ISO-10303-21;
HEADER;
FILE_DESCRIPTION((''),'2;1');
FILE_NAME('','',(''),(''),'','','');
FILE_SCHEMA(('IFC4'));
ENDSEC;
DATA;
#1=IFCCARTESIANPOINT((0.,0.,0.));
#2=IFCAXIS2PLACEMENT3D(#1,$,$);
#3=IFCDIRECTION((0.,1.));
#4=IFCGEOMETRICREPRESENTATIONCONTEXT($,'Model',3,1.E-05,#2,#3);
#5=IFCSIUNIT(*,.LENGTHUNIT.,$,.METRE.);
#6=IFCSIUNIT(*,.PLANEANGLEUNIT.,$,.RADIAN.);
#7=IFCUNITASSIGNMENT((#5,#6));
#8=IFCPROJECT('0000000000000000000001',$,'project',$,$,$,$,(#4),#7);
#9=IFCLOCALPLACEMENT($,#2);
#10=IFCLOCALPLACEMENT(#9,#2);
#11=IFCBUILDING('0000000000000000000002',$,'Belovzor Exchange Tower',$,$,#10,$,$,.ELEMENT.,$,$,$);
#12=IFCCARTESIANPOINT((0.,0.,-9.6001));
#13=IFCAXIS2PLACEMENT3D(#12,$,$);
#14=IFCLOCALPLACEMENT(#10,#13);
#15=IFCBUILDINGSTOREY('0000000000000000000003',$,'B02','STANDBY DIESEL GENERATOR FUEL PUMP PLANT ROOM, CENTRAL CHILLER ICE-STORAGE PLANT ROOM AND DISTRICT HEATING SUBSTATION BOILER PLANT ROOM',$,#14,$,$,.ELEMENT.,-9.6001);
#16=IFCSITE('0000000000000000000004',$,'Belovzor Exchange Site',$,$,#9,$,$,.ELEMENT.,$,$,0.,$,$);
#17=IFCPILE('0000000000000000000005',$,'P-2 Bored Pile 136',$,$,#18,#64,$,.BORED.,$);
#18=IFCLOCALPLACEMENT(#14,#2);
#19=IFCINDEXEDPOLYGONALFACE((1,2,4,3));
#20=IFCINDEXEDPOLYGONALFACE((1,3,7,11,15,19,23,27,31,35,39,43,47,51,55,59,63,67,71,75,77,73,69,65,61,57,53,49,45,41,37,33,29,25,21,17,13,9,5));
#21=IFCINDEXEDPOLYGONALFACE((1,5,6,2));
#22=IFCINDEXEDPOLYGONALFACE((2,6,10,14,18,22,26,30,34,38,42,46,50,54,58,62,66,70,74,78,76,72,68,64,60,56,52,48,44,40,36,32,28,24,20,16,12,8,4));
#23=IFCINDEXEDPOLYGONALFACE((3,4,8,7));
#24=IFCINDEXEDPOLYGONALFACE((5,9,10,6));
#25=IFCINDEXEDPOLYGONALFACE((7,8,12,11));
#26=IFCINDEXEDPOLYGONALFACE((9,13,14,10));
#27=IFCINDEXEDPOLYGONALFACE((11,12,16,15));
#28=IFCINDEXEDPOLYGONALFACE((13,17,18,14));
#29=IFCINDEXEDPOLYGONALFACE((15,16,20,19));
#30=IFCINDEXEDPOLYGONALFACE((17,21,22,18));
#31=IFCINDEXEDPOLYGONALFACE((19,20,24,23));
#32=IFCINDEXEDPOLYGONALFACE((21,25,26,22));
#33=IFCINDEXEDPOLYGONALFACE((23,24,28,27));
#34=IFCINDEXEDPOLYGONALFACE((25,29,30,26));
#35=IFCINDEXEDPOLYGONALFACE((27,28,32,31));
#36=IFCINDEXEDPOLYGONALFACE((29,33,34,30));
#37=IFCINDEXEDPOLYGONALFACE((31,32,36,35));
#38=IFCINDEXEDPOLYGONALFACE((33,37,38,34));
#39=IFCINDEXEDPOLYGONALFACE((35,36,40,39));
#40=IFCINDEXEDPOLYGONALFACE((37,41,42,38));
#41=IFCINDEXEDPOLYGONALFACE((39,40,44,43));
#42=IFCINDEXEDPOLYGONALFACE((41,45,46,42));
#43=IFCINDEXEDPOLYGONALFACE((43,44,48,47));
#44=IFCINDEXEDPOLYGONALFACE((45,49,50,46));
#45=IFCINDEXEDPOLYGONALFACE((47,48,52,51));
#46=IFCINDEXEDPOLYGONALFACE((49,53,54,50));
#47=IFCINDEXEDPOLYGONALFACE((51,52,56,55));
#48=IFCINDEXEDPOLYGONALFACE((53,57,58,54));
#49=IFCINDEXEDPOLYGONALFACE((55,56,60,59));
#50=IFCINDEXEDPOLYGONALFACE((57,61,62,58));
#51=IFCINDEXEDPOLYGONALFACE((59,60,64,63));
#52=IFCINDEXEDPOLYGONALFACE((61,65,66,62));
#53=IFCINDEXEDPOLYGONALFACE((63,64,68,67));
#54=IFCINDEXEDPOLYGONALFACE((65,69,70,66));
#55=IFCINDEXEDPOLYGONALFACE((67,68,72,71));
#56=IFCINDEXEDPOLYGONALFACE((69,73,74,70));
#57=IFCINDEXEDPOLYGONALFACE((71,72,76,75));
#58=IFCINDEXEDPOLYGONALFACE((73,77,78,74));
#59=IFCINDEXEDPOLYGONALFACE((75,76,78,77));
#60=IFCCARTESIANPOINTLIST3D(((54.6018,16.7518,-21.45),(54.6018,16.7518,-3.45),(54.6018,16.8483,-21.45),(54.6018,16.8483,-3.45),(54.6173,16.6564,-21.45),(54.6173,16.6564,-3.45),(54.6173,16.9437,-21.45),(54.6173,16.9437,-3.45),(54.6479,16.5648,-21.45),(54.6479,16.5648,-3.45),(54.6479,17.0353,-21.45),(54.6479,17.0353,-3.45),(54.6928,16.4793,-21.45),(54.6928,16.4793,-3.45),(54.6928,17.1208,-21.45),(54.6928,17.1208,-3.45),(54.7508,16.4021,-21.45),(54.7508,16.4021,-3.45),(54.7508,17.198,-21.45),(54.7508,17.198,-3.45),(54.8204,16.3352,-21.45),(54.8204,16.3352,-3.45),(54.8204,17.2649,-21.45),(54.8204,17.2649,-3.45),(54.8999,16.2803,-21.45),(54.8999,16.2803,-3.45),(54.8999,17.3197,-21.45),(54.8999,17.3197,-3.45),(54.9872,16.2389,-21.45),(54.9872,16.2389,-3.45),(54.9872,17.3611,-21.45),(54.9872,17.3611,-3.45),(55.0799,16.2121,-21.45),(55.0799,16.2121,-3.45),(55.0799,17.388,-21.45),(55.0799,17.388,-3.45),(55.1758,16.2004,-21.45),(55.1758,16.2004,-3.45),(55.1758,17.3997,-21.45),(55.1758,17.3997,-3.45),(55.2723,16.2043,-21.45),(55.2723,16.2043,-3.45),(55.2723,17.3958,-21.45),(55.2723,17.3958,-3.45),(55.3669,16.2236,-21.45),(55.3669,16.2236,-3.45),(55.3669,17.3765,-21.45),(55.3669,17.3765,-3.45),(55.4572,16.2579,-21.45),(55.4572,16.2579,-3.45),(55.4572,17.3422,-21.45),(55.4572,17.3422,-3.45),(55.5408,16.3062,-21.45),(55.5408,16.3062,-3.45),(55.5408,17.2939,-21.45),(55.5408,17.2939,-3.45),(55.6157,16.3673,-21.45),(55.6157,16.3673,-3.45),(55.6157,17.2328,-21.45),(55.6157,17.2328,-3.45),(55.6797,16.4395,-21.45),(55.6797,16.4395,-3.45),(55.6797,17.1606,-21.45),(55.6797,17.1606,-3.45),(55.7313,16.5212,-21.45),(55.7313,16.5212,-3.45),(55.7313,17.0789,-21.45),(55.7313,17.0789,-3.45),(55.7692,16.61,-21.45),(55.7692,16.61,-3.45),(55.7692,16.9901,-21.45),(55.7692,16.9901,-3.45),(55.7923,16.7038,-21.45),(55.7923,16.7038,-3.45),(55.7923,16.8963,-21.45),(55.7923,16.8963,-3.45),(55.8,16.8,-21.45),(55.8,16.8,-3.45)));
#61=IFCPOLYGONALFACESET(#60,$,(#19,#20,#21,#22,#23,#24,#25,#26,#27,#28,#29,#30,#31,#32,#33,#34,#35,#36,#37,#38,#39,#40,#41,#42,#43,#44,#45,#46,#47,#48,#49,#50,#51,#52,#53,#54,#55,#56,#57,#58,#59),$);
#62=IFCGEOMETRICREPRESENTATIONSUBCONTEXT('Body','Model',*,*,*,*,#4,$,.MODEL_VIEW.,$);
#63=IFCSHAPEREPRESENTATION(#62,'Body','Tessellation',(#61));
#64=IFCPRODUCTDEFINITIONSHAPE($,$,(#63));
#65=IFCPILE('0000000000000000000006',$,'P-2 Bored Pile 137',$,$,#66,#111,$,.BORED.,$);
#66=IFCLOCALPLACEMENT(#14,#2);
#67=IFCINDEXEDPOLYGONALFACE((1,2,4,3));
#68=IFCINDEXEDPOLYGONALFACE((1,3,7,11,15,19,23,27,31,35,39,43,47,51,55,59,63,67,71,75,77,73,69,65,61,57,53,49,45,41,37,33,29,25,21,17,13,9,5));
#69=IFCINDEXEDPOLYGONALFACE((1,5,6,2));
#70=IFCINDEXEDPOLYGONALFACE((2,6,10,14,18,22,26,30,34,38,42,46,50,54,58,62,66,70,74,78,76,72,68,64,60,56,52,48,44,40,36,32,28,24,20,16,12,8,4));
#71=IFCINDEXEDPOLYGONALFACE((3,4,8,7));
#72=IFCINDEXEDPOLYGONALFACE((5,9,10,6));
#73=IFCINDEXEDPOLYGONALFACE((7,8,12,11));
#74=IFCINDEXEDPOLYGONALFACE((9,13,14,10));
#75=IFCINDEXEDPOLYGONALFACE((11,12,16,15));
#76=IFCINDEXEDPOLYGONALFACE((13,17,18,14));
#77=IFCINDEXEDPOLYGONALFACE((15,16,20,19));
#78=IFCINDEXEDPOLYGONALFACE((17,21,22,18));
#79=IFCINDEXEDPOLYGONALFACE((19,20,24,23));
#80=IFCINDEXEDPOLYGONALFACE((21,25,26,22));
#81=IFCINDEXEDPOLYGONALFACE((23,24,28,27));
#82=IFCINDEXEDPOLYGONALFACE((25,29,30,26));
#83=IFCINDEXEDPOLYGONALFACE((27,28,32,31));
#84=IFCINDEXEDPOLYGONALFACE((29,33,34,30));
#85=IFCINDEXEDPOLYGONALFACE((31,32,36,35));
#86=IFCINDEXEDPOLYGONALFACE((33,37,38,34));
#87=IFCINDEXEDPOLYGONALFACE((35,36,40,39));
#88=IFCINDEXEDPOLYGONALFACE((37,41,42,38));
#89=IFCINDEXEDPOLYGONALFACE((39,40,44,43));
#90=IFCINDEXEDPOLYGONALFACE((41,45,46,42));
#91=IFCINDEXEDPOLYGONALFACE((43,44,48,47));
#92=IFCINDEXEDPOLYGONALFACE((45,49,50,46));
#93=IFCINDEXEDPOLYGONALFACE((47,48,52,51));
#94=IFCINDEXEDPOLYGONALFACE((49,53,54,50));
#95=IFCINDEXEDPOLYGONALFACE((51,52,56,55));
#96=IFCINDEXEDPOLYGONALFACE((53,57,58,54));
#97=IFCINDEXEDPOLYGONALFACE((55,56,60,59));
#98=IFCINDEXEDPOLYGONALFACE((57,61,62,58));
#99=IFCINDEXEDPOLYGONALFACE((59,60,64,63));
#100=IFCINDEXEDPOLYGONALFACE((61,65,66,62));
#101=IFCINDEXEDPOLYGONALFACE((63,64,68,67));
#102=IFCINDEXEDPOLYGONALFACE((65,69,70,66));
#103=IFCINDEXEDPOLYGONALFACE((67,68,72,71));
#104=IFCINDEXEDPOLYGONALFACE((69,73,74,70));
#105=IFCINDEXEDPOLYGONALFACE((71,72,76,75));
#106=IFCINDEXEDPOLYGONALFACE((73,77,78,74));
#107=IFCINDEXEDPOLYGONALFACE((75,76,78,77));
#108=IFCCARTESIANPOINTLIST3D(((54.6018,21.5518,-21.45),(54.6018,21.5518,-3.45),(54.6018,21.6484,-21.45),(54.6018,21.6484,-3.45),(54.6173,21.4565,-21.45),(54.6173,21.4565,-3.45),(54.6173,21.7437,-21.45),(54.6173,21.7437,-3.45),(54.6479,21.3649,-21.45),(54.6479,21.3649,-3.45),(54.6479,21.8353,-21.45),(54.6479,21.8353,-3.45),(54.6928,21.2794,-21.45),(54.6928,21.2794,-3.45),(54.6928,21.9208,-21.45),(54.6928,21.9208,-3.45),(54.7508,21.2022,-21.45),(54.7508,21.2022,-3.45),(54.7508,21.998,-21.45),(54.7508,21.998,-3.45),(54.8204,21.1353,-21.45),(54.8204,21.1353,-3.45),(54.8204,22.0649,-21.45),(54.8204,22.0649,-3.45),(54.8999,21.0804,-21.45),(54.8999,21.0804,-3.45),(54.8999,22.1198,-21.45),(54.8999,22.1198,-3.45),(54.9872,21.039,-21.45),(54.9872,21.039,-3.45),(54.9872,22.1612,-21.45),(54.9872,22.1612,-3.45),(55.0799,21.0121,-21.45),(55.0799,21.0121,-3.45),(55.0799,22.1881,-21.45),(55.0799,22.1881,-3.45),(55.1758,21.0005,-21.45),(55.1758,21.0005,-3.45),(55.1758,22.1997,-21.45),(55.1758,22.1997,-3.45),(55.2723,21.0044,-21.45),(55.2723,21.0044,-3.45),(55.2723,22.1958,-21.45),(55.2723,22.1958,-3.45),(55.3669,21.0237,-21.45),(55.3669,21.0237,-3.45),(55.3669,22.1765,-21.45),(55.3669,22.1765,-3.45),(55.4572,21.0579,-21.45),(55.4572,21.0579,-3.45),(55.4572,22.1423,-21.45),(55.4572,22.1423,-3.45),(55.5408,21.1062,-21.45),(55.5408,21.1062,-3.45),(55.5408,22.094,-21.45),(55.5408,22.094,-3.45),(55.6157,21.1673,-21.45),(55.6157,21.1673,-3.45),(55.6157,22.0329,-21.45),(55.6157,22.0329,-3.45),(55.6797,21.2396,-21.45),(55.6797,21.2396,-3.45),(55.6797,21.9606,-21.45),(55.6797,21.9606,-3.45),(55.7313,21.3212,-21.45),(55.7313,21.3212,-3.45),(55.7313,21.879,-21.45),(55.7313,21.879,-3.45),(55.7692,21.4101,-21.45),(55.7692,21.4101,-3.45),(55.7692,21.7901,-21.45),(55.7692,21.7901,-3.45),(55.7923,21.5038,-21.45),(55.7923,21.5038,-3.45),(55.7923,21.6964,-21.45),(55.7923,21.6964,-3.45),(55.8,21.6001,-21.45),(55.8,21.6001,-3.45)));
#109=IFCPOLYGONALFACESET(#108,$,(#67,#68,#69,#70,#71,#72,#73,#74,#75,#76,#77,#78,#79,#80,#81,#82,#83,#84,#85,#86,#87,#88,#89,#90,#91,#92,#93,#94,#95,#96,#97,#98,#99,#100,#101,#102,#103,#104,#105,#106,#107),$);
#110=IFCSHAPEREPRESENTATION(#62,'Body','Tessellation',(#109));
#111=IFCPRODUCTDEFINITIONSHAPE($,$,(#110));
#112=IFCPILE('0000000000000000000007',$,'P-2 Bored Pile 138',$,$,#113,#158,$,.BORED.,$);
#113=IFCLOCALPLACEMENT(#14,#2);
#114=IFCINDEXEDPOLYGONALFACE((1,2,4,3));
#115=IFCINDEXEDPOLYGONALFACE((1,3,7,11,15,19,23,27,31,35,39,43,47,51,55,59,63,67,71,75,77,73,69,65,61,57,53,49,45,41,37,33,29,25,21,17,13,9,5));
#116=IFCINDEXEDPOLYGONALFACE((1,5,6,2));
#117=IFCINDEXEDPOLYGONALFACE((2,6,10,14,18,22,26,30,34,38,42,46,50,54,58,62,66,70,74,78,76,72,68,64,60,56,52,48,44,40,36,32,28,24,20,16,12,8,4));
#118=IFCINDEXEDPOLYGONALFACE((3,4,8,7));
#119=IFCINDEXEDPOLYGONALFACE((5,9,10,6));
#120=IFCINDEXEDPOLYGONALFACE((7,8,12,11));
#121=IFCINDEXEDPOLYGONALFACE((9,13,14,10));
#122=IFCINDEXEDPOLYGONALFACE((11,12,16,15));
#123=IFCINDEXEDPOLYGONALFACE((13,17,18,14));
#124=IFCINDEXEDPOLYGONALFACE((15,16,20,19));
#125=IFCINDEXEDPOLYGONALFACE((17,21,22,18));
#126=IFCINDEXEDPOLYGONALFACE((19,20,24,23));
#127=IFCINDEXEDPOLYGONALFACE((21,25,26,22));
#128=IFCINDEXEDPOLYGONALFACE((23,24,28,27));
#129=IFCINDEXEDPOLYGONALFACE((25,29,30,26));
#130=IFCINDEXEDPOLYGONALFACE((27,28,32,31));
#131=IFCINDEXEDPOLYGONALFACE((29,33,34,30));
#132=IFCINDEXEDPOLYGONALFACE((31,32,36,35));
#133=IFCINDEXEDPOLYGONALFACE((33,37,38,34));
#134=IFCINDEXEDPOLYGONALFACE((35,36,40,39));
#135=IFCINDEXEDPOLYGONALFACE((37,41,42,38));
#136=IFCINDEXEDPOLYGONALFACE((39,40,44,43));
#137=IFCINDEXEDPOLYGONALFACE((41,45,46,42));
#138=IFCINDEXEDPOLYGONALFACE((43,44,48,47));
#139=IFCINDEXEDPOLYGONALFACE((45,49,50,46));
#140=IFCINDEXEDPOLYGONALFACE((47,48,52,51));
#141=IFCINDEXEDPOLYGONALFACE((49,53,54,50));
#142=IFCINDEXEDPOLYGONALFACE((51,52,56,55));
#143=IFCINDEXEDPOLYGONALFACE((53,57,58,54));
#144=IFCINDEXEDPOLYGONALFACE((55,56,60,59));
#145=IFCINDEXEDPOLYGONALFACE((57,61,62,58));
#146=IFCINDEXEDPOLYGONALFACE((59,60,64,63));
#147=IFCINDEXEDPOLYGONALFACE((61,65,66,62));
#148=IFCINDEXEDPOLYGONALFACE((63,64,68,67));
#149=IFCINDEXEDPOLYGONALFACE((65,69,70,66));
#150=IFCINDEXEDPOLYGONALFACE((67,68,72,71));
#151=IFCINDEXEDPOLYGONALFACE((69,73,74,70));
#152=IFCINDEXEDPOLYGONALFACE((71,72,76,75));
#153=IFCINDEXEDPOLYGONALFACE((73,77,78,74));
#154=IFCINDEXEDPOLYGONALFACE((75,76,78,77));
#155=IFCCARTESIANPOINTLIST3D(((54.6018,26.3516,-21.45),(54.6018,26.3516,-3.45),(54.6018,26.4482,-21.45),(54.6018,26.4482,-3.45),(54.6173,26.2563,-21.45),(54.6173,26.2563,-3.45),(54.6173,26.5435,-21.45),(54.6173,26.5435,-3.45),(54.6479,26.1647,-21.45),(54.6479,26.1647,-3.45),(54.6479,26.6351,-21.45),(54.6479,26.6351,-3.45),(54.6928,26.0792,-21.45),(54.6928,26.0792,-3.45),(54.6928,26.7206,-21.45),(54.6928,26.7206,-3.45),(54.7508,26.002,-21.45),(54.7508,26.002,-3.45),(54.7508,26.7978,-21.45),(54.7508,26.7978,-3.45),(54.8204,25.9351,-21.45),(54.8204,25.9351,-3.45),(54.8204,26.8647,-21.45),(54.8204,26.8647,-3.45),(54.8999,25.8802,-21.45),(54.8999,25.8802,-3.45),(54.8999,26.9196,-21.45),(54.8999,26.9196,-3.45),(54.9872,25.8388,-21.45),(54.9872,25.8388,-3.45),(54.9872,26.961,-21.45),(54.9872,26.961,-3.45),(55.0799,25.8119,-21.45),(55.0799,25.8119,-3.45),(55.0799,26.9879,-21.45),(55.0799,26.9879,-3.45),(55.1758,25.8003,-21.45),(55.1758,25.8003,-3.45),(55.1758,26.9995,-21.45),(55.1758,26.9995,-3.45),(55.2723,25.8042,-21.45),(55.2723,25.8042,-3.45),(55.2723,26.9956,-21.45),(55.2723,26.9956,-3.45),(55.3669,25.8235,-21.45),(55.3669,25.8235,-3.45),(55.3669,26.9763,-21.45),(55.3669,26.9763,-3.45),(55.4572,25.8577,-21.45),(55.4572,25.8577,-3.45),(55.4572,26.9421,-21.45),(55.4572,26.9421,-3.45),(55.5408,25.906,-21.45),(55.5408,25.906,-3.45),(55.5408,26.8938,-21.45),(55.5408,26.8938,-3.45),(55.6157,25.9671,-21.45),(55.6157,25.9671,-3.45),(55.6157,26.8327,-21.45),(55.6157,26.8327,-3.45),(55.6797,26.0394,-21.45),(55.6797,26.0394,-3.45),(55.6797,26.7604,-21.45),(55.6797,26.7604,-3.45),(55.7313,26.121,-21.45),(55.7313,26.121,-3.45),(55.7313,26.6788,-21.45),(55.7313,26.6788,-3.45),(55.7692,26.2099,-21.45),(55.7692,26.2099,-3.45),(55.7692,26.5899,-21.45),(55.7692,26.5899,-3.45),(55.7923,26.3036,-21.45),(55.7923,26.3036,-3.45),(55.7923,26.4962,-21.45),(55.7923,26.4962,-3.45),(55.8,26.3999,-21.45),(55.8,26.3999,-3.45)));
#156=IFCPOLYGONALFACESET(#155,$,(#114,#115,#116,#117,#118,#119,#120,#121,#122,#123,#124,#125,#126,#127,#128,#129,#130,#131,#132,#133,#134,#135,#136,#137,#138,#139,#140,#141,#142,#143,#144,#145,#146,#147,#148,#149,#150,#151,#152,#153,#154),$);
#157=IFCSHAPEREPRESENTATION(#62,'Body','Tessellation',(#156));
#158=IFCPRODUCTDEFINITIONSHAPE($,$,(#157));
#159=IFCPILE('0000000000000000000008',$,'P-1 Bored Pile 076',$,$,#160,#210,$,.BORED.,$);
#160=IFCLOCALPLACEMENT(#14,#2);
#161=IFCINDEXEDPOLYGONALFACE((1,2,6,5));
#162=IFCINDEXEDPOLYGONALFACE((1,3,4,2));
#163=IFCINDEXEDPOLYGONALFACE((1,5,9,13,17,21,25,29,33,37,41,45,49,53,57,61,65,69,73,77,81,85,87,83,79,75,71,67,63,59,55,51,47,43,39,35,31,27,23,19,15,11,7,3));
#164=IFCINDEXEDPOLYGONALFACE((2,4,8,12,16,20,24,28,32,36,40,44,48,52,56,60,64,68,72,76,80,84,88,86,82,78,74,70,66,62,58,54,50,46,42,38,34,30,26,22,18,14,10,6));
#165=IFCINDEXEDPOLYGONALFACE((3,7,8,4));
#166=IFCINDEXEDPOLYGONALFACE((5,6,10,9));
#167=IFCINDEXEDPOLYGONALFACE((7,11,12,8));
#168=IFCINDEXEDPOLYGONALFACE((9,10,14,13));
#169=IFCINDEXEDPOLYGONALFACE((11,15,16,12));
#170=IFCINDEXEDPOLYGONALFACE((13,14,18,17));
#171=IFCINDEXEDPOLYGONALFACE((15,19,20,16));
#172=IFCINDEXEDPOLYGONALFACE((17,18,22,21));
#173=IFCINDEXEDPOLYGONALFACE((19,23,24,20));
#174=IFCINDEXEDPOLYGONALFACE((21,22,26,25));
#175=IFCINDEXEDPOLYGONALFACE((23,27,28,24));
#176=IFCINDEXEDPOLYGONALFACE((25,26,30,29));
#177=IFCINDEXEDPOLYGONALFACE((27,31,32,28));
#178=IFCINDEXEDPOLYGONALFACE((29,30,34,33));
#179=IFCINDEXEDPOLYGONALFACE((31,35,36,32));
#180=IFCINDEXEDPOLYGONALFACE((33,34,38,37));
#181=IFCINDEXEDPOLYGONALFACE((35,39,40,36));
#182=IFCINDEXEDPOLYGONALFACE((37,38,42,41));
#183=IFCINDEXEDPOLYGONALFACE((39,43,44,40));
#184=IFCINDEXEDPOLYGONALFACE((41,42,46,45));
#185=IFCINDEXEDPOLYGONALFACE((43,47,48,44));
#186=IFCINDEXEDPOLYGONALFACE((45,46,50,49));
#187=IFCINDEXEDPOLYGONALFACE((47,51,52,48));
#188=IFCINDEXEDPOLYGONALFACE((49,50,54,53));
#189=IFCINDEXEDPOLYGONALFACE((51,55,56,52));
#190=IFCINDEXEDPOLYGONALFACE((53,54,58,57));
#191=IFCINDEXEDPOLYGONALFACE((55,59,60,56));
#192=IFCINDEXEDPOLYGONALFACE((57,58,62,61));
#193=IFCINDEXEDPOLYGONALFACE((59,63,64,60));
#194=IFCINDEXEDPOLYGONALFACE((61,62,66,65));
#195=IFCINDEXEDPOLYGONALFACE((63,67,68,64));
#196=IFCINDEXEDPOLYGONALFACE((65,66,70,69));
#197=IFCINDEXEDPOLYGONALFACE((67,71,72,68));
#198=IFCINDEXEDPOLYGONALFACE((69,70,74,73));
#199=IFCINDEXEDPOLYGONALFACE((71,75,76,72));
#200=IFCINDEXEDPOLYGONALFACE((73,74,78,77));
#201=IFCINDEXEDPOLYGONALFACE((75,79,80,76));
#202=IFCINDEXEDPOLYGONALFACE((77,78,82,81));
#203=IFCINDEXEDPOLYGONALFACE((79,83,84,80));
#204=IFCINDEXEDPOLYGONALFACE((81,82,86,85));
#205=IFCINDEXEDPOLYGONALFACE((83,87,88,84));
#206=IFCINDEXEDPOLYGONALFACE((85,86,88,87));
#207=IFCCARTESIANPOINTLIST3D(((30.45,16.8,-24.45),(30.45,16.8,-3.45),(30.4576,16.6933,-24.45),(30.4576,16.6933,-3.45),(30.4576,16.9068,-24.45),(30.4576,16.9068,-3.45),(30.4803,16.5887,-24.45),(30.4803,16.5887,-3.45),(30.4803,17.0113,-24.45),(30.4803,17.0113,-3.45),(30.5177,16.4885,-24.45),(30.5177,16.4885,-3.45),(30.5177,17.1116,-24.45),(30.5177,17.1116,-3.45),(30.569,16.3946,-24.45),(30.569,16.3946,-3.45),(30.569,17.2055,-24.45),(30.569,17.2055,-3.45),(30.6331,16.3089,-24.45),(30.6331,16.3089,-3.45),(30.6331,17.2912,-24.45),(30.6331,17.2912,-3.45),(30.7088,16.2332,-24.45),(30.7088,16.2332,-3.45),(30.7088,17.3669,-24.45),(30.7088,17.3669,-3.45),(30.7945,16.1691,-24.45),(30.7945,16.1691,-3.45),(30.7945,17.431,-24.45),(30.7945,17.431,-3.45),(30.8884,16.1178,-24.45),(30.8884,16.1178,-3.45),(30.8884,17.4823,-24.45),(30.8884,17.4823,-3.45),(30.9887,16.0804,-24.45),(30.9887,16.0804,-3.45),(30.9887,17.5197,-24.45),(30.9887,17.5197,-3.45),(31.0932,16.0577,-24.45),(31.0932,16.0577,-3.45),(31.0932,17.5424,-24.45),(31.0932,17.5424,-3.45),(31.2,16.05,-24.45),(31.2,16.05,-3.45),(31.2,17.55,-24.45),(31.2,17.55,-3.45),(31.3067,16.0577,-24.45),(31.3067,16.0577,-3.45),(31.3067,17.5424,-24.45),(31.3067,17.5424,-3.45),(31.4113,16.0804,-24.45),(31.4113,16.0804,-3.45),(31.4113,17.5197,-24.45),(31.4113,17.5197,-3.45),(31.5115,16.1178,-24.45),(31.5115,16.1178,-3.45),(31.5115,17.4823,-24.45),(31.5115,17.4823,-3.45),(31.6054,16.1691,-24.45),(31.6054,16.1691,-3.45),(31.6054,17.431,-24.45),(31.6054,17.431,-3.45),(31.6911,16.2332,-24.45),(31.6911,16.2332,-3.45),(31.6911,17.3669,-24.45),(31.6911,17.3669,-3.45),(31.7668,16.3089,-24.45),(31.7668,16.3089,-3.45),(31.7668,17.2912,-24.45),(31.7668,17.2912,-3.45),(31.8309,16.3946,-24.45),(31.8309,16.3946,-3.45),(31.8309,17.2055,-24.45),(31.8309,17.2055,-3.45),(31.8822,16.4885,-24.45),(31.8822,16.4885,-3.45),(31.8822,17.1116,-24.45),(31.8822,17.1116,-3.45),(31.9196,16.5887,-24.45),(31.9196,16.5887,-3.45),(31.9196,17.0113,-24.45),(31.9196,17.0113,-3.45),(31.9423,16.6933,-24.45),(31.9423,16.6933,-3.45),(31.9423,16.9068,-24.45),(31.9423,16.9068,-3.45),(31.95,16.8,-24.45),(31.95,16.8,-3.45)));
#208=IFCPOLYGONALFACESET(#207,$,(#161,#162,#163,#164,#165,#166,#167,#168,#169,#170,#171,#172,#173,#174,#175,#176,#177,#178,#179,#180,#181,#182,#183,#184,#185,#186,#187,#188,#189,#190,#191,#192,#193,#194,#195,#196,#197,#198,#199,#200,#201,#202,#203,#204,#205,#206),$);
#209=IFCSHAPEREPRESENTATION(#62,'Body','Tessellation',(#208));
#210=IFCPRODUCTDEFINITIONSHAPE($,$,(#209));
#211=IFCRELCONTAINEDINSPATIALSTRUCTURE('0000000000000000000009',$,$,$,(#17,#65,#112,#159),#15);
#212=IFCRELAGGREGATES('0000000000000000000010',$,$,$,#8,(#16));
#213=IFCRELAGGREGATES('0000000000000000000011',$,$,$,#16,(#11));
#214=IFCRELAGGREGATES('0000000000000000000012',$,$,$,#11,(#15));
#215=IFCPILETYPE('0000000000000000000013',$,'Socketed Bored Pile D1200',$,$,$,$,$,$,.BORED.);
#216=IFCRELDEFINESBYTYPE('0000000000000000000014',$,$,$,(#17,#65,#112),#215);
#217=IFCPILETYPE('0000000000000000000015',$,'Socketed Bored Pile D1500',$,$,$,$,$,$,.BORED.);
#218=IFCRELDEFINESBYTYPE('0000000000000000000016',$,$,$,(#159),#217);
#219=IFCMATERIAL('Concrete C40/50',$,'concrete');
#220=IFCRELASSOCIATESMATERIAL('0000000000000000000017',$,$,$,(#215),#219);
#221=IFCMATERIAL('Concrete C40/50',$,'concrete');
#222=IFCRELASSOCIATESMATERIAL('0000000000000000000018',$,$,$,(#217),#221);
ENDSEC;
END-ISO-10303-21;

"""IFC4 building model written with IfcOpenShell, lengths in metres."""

from ifc_helpers import new_model, si_unit, direction, frame, origin, origin_2d, place, context, subcontext, project, spatial, circle, extrude, material, material_profile, profile_set, type_object, element, save


model = new_model("IFC4")

# Units and contexts
model_context = context("Model", 3, precision=1e-05, world=origin(), true_north=direction((0.0, 1.0)))
body_context = subcontext(model_context, "Body", "Model", "MODEL_VIEW")
ifc_project = project(units=[si_unit("LENGTHUNIT", "METRE"), si_unit("PLANEANGLEUNIT", "RADIAN")], contexts=[model_context])

# Site, building, storey
site_placement = place(None, origin())
site = spatial("IfcSite", under=ifc_project, at=site_placement, Name="Belovzor Exchange Site", CompositionType="ELEMENT", RefElevation=0.0)
building_placement = place(site_placement, origin())
building = spatial("IfcBuilding", under=site, at=building_placement, Name="Belovzor Exchange Tower", CompositionType="ELEMENT")
storey_placement = place(building_placement, frame((0.0, 0.0, -9.6001)))
storey = spatial("IfcBuildingStorey", under=building, at=storey_placement, Name="B02", Description="STANDBY DIESEL GENERATOR FUEL PUMP PLANT ROOM, CENTRAL CHILLER ICE-STORAGE PLANT ROOM AND DISTRICT HEATING SUBSTATION BOILER PLANT ROOM", CompositionType="ELEMENT", Elevation=-9.6001)

# Piles
ifc_material_1 = material(Name="Concrete C40/50", Category="concrete")
ifc_material_profile_1 = material_profile(ifc_material_1, circle(Radius=0.6001, at=origin_2d()))
ifc_profile_set_1 = profile_set([ifc_material_profile_1], Name="Concrete C40/50")
pile_type_1 = type_object("IfcPileType", Name="Socketed Bored Pile D1200", PredefinedType="BORED", material=ifc_profile_set_1)
for number, where, z_axis, x_axis, name in (
    (1, (55.2, 16.8, -3.45), (0.0, 0.0, -1.0), (1.0, 0.0, 0.0), "P-2 Bored Pile 136"),
    (2, (55.2, 21.6001, -3.45), (0.0, 0.0, -1.0), (1.0, 0.0, 0.0), "P-2 Bored Pile 137"),
    (3, (55.2, 26.3999, -3.45), (0.0, 0.0, -1.0), (1.0, 0.0, 0.0), "P-2 Bored Pile 138"),
):
    element("IfcPile", number, at=place(storey_placement, frame(where, z_axis=z_axis, x_axis=x_axis)), inside=storey, type_object=pile_type_1, Name=name, PredefinedType="BORED", context=body_context, shape_type="SweptSolid", body=[
        extrude(circle(Radius=0.6001, at=origin_2d()), origin(), (0.0, 0.0, 1.0), 18.0),
    ])
ifc_material_2 = material(Name="Concrete C40/50", Category="concrete")
ifc_material_profile_2 = material_profile(ifc_material_2, circle(Radius=0.75, at=origin_2d()))
ifc_profile_set_2 = profile_set([ifc_material_profile_2], Name="Concrete C40/50")
pile_type_2 = type_object("IfcPileType", Name="Socketed Bored Pile D1500", PredefinedType="BORED", material=ifc_profile_set_2)
for number, where, z_axis, x_axis, name in (
    (4, (31.2, 16.8, -3.45), (0.0, 0.0, -1.0), (1.0, 0.0, 0.0), "P-1 Bored Pile 076"),
):
    element("IfcPile", number, at=place(storey_placement, frame(where, z_axis=z_axis, x_axis=x_axis)), inside=storey, type_object=pile_type_2, Name=name, PredefinedType="BORED", context=body_context, shape_type="SweptSolid", body=[
        extrude(circle(Radius=0.75, at=origin_2d()), origin(), (0.0, 0.0, 1.0), 21.0),
    ])

save(model, "model.ifc")
